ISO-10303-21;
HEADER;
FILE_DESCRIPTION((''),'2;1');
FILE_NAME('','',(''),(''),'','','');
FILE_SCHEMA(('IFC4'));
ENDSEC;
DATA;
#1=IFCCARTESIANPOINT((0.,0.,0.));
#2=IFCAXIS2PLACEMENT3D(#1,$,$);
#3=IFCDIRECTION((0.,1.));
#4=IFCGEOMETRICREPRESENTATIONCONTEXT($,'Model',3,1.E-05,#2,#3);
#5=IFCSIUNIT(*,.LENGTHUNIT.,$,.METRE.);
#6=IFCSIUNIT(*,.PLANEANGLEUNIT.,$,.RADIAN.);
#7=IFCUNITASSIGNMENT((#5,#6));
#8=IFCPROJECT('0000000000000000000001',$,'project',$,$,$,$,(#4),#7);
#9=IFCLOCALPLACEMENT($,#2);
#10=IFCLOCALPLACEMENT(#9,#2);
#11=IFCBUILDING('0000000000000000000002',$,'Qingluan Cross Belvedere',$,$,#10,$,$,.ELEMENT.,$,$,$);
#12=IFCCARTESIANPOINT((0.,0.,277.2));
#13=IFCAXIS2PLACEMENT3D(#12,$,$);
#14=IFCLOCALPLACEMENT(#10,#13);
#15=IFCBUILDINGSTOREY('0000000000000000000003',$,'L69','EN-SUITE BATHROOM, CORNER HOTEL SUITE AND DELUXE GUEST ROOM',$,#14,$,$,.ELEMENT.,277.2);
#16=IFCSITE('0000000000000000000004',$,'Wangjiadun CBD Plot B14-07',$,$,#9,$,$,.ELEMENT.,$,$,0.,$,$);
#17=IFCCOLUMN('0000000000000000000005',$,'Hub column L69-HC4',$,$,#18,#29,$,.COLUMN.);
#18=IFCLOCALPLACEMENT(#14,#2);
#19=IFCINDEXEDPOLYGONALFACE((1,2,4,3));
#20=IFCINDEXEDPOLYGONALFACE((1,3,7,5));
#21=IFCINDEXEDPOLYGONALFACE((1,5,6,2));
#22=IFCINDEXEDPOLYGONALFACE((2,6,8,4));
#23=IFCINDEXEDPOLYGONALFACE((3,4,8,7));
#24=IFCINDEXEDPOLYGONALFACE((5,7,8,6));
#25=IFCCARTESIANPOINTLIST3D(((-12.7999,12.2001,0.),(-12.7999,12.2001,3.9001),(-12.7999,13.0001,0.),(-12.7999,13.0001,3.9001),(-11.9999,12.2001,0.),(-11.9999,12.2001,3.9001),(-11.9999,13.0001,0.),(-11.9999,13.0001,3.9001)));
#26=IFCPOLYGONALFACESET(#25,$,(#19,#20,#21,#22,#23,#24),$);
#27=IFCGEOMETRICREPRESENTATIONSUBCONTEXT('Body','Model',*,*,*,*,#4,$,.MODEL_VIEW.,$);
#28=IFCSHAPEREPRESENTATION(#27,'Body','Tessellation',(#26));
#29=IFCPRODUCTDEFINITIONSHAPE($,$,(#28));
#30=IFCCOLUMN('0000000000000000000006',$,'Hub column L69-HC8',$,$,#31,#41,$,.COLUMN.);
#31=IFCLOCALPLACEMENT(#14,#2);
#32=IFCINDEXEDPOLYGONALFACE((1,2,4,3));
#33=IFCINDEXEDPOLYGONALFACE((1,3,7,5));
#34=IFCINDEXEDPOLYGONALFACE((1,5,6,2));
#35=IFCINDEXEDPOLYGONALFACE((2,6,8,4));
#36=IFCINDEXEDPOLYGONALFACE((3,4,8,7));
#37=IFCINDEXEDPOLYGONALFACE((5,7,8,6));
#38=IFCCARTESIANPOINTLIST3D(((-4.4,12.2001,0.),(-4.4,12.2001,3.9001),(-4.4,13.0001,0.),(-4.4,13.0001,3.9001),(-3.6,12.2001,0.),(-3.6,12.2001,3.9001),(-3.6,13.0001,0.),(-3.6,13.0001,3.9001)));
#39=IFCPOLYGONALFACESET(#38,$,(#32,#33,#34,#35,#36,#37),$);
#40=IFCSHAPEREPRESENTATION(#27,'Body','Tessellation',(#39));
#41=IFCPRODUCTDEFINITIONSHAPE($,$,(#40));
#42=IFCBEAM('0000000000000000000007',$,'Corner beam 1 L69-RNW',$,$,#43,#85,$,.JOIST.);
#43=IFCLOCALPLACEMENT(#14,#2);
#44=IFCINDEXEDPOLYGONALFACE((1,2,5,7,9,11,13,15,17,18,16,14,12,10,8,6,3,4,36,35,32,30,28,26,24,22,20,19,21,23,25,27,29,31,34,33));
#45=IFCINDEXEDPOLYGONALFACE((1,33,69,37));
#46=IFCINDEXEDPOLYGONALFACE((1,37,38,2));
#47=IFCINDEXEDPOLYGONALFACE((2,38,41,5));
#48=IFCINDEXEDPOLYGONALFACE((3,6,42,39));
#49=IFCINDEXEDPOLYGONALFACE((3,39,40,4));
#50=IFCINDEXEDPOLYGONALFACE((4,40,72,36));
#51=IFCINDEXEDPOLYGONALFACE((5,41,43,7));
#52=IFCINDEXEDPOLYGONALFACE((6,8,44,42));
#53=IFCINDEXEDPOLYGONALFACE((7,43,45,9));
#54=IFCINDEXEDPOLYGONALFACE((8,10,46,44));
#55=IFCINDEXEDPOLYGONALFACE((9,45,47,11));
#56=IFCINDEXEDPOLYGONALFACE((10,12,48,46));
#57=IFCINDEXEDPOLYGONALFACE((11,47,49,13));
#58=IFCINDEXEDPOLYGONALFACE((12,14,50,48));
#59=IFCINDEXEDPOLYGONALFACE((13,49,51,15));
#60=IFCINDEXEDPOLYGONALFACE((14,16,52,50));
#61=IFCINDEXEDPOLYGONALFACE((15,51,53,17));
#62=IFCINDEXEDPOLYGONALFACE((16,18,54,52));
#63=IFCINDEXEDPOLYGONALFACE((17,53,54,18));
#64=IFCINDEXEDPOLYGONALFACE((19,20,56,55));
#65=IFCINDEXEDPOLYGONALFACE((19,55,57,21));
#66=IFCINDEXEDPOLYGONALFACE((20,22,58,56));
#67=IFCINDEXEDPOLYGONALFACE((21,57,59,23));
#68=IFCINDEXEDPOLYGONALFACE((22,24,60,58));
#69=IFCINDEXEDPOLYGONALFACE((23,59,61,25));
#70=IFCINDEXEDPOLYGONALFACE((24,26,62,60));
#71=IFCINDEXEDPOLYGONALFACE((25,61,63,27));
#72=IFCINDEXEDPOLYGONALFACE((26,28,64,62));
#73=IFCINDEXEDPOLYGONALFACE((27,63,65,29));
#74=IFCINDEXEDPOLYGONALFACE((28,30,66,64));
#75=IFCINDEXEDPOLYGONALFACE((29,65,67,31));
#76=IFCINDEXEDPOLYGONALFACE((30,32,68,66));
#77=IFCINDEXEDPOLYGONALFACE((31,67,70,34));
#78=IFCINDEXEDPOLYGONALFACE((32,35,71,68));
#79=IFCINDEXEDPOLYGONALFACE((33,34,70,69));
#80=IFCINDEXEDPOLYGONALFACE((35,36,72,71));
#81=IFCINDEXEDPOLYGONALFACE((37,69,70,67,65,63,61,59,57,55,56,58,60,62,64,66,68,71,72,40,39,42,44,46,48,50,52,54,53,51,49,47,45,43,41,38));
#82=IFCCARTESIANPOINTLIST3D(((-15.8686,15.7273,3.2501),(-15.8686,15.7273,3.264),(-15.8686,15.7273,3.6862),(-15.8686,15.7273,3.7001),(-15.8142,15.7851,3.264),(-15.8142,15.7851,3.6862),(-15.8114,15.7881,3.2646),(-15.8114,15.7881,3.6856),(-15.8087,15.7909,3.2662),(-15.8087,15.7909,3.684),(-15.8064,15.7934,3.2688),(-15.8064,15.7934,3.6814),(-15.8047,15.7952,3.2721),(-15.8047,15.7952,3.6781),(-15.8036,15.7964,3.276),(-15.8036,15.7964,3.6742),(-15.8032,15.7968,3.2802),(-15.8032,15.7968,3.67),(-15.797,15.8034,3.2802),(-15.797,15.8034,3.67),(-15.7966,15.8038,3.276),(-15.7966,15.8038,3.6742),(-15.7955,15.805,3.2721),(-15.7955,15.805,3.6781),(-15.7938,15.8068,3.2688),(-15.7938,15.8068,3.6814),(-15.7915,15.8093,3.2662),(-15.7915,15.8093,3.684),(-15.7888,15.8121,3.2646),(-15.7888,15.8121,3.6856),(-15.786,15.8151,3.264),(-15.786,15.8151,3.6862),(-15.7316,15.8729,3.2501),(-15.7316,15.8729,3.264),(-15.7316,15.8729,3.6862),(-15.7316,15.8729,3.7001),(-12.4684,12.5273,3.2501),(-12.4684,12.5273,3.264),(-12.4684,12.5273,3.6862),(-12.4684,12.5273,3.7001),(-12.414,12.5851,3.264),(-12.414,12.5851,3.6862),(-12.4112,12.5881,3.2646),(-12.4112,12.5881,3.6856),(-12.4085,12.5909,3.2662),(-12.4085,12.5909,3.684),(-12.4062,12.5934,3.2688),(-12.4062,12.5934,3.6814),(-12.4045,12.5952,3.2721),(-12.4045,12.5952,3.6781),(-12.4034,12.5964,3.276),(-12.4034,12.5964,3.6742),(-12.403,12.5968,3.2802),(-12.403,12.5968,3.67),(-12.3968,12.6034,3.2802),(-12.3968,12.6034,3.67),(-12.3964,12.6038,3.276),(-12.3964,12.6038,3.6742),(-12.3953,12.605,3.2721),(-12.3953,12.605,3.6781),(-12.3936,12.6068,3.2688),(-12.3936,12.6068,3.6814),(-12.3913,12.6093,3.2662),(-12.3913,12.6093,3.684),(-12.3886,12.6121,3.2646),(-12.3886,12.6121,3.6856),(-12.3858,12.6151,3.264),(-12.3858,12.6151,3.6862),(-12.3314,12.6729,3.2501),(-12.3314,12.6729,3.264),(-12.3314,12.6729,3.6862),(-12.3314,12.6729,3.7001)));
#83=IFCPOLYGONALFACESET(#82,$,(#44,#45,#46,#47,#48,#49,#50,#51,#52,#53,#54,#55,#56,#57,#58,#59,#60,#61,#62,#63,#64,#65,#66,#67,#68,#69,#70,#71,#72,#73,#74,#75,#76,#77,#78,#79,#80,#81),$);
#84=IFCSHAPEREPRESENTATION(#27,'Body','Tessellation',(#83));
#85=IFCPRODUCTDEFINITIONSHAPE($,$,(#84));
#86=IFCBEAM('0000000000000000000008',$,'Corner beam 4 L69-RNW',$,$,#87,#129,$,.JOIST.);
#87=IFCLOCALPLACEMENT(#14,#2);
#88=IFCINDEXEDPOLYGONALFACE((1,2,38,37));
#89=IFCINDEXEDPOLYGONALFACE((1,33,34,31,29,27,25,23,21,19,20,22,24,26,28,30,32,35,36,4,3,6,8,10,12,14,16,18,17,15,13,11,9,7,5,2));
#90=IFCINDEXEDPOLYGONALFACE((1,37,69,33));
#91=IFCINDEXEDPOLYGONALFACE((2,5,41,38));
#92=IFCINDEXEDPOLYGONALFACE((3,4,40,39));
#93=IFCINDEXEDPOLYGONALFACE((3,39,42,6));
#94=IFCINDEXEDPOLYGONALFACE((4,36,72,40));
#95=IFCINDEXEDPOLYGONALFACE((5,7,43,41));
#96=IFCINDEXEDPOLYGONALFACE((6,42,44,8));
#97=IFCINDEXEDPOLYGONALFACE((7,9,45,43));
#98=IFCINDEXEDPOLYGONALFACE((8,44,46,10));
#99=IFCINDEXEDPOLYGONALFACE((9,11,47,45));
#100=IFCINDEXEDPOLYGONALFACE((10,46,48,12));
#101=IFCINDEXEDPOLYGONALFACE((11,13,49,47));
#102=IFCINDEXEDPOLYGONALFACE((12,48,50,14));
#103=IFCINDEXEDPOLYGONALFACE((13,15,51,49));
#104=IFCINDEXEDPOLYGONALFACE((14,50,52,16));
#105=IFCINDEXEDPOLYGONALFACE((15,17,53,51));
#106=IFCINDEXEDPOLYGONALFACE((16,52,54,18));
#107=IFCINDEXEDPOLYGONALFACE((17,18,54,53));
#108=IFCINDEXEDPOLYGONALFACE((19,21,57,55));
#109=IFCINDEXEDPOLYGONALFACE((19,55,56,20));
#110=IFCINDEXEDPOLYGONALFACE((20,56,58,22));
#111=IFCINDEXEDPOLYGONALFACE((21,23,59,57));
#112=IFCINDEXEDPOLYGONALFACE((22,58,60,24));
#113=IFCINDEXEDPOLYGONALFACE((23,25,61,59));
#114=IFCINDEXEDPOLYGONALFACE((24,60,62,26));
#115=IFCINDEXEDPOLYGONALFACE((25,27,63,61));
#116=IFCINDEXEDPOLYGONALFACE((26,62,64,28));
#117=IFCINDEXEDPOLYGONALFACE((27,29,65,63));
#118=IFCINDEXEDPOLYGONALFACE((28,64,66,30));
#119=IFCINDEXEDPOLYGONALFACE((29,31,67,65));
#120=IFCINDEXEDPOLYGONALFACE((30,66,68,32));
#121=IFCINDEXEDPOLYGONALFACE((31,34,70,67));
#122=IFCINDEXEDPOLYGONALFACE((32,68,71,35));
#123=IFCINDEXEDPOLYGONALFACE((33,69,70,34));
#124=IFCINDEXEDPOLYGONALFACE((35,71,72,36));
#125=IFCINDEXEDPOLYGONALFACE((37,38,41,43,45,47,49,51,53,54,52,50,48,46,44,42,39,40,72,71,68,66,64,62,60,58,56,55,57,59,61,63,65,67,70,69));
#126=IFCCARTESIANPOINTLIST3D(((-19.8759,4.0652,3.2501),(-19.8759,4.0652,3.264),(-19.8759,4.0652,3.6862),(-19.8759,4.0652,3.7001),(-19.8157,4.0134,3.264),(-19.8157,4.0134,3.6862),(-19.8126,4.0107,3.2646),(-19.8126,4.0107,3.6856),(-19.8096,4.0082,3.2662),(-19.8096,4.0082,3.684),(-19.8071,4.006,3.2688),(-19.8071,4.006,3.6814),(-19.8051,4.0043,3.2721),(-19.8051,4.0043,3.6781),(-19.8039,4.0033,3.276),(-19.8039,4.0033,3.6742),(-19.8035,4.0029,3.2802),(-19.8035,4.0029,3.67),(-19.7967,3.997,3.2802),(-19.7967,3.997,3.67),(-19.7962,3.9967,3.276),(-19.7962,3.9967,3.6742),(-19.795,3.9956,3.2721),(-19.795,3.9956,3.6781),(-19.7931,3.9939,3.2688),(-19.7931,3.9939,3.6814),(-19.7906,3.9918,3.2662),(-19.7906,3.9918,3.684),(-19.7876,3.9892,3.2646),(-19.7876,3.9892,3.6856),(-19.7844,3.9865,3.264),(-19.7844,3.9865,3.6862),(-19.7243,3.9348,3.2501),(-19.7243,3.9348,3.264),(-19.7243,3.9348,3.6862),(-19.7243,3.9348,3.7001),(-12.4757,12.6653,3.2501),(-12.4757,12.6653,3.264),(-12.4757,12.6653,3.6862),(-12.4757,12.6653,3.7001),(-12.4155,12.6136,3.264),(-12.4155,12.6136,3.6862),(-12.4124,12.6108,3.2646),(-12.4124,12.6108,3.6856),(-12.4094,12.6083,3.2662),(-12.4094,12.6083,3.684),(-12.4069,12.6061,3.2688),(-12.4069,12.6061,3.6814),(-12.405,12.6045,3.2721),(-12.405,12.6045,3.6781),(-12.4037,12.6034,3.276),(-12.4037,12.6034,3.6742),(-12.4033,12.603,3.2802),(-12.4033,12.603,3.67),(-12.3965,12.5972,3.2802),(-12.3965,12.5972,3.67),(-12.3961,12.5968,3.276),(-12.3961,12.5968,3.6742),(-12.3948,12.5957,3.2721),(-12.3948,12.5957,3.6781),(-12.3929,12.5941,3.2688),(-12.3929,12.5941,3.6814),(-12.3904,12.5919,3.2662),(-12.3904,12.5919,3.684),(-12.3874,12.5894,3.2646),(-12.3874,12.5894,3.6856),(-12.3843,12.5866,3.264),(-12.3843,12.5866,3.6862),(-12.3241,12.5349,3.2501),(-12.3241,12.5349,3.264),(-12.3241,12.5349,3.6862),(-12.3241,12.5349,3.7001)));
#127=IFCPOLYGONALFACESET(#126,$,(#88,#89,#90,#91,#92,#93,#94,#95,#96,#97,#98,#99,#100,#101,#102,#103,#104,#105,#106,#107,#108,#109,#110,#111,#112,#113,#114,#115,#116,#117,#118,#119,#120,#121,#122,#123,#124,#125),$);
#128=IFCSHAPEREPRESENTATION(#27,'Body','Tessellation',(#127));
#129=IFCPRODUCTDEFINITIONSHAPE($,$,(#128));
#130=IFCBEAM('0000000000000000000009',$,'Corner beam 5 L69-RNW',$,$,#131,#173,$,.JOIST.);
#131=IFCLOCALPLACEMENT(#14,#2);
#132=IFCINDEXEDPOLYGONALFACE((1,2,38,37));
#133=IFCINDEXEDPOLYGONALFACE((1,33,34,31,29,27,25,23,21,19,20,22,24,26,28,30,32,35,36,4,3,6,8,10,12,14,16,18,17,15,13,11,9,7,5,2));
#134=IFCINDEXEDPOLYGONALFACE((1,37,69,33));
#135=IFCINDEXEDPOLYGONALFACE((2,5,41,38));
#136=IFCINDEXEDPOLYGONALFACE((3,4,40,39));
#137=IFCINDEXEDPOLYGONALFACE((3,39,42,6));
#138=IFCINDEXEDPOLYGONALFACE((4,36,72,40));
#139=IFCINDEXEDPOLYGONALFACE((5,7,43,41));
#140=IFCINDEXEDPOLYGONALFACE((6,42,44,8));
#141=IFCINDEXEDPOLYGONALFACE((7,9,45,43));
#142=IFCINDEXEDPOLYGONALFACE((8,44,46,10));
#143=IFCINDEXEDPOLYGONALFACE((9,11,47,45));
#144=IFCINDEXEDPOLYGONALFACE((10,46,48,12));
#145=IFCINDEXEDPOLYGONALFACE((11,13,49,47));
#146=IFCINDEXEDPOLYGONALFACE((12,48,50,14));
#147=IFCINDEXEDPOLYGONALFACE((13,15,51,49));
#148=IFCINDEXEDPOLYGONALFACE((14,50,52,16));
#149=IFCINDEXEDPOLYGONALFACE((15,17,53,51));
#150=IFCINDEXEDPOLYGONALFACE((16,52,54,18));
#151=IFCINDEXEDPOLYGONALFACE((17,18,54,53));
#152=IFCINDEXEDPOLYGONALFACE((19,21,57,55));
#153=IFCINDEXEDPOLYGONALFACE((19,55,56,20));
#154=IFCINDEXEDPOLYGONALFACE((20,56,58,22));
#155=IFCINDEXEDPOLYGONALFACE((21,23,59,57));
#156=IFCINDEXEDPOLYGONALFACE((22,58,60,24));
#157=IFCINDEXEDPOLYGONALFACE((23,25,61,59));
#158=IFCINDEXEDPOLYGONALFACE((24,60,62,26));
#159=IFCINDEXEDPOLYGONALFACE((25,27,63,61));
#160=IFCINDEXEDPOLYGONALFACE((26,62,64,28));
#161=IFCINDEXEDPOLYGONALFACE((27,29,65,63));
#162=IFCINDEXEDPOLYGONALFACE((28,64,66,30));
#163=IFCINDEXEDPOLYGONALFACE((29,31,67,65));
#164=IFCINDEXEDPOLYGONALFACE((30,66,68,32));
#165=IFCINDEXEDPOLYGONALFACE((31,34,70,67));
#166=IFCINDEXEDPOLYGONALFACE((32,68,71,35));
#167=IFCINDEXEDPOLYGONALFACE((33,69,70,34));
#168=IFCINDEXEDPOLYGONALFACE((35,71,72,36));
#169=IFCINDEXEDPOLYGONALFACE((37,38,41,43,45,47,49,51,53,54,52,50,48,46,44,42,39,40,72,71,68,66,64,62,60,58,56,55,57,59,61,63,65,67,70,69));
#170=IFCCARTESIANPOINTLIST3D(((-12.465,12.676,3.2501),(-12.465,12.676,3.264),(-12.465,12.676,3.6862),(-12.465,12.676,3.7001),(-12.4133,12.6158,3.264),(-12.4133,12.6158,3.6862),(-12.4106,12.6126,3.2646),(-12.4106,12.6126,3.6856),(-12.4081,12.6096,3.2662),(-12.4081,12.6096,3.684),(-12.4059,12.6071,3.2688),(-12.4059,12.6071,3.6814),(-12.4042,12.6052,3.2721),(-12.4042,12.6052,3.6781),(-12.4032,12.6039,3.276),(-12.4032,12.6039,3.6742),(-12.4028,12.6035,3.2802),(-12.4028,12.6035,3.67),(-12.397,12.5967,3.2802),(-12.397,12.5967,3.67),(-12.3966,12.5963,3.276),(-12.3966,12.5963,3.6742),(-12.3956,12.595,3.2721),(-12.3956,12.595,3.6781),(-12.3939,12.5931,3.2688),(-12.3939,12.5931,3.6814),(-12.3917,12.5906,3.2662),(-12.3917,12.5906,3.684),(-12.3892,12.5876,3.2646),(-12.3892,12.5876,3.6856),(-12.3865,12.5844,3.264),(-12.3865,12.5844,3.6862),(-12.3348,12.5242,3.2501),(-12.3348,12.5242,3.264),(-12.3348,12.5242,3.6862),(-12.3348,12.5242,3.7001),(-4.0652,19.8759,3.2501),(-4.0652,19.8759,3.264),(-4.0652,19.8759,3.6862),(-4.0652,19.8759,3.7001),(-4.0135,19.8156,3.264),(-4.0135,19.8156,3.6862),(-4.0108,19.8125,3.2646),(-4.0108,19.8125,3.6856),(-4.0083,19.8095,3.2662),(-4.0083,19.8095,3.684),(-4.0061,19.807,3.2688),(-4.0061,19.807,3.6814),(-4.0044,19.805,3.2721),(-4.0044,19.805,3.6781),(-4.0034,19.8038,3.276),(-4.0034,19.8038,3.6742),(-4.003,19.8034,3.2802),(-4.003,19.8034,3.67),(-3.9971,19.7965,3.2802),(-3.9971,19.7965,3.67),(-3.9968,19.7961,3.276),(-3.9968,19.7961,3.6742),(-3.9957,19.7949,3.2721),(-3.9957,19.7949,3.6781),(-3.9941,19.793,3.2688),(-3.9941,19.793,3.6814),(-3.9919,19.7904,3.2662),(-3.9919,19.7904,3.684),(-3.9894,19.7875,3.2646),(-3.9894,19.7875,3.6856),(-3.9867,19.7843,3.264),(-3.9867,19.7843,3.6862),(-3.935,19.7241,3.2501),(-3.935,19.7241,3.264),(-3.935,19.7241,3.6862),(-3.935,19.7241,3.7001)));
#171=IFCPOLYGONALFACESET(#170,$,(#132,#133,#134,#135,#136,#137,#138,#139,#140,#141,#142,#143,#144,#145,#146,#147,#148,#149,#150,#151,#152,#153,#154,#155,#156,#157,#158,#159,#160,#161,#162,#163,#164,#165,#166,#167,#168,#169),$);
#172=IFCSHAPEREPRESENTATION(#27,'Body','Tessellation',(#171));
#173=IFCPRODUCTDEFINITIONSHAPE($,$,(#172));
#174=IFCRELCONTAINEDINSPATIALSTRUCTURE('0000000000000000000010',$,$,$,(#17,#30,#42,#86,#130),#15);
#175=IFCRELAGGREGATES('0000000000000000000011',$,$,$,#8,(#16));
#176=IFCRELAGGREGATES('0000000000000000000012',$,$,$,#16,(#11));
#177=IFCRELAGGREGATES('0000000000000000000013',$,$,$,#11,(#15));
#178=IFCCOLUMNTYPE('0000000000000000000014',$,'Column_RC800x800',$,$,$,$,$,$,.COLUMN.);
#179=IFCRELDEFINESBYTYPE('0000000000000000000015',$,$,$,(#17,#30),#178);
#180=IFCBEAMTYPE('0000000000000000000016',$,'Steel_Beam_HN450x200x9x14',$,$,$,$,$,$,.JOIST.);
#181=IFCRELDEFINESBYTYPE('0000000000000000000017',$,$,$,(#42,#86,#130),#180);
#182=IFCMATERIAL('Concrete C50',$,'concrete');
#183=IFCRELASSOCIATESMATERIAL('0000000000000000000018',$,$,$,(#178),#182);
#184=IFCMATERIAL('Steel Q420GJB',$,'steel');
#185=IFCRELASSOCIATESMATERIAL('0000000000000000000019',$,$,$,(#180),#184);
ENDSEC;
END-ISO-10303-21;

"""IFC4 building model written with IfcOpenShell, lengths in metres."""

from ifc_helpers import new_model, si_unit, direction, frame, origin, origin_2d, place, context, subcontext, project, spatial, rectangle, i_section, extrude, material, material_profile, profile_set, type_object, element, save


model = new_model("IFC4")

# Units and contexts
model_context = context("Model", 3, precision=1e-05, world=origin(), true_north=direction((0.0, 1.0)))
body_context = subcontext(model_context, "Body", "Model", "MODEL_VIEW")
ifc_project = project(units=[si_unit("LENGTHUNIT", "METRE"), si_unit("PLANEANGLEUNIT", "RADIAN")], contexts=[model_context])

# Site, building, storey
site_placement = place(None, origin())
site = spatial("IfcSite", under=ifc_project, at=site_placement, Name="Wangjiadun CBD Plot B14-07", CompositionType="ELEMENT", RefElevation=0.0)
building_placement = place(site_placement, origin())
building = spatial("IfcBuilding", under=site, at=building_placement, Name="Qingluan Cross Belvedere", CompositionType="ELEMENT")
storey_placement = place(building_placement, frame((0.0, 0.0, 277.2)))
storey = spatial("IfcBuildingStorey", under=building, at=storey_placement, Name="L69", Description="EN-SUITE BATHROOM, CORNER HOTEL SUITE AND DELUXE GUEST ROOM", CompositionType="ELEMENT", Elevation=277.2)

# Columns
ifc_material_1 = material(Name="Concrete C50", Category="concrete")
ifc_material_profile_1 = material_profile(ifc_material_1, rectangle(XDim=0.8, YDim=0.8, at=origin_2d()), Name="RC800x800")
ifc_profile_set_1 = profile_set([ifc_material_profile_1], Name="Concrete C50")
column_type = type_object("IfcColumnType", Name="Column_RC800x800", PredefinedType="COLUMN", material=ifc_profile_set_1)
for number, where, z_axis, x_axis, name in (
    (1, (-12.3999, 12.6001, 0.0), (0.0, 0.0, 1.0), (1.0, 0.0, 0.0), "Hub column L69-HC4"),
    (2, (-4.0, 12.6001, 0.0), (0.0, 0.0, 1.0), (1.0, 0.0, 0.0), "Hub column L69-HC8"),
):
    element("IfcColumn", number, at=place(storey_placement, frame(where, z_axis=z_axis, x_axis=x_axis)), inside=storey, type_object=column_type, Name=name, PredefinedType="COLUMN", context=body_context, shape_type="SweptSolid", body=[
        extrude(rectangle(XDim=0.8, YDim=0.8, at=origin_2d()), origin(), (0.0, 0.0, 1.0), 3.9001),
    ])

# Beams
ifc_material_2 = material(Name="Steel Q420GJB", Category="steel")
ifc_material_profile_2 = material_profile(ifc_material_2, i_section(OverallWidth=0.2, OverallDepth=0.45, WebThickness=0.009, FlangeThickness=0.0139, FilletRadius=0.0161, at=origin_2d()), Name="HN450x200x9x14")
ifc_profile_set_2 = profile_set([ifc_material_profile_2], Name="Steel Q420GJB")
beam_type_1 = type_object("IfcBeamType", Name="Steel_Beam_HN450x200x9x14", PredefinedType="JOIST", material=ifc_profile_set_2)
beam_1_placement = place(storey_placement, frame((-12.3999, 12.6001, 3.4751), z_axis=(-0.72822, 0.685343, 0.0), x_axis=(-0.685343, -0.72822, 0.0)))
element("IfcBeam", 3, at=beam_1_placement, inside=storey, type_object=beam_type_1, Name="Corner beam 1 L69-RNW", PredefinedType="JOIST", context=body_context, shape_type="SweptSolid", body=[
    extrude(i_section(OverallWidth=0.2, OverallDepth=0.45, WebThickness=0.009, FlangeThickness=0.0139, FilletRadius=0.0161, at=origin_2d()), origin(), (0.0, 0.0, 1.0), 4.6692),
])
beam_2_placement = place(storey_placement, frame((-12.3999, 12.6001, 3.4751), z_axis=(-0.652245, -0.758008, 0.0), x_axis=(0.758008, -0.652245, 0.0)))
element("IfcBeam", 4, at=beam_2_placement, inside=storey, type_object=beam_type_1, Name="Corner beam 4 L69-RNW", PredefinedType="JOIST", context=body_context, shape_type="SweptSolid", body=[
    extrude(i_section(OverallWidth=0.2, OverallDepth=0.45, WebThickness=0.009, FlangeThickness=0.0139, FilletRadius=0.0161, at=origin_2d()), origin(), (0.0, 0.0, 1.0), 11.3457),
])
beam_3_placement = place(storey_placement, frame((-12.3999, 12.6001, 3.4751), z_axis=(0.759255, 0.650793, 0.0), x_axis=(-0.650793, 0.759255, 0.0)))
element("IfcBeam", 5, at=beam_3_placement, inside=storey, type_object=beam_type_1, Name="Corner beam 5 L69-RNW", PredefinedType="JOIST", context=body_context, shape_type="SweptSolid", body=[
    extrude(i_section(OverallWidth=0.2, OverallDepth=0.45, WebThickness=0.009, FlangeThickness=0.0139, FilletRadius=0.0161, at=origin_2d()), origin(), (0.0, 0.0, 1.0), 11.0632),
])

save(model, "model.ifc")
